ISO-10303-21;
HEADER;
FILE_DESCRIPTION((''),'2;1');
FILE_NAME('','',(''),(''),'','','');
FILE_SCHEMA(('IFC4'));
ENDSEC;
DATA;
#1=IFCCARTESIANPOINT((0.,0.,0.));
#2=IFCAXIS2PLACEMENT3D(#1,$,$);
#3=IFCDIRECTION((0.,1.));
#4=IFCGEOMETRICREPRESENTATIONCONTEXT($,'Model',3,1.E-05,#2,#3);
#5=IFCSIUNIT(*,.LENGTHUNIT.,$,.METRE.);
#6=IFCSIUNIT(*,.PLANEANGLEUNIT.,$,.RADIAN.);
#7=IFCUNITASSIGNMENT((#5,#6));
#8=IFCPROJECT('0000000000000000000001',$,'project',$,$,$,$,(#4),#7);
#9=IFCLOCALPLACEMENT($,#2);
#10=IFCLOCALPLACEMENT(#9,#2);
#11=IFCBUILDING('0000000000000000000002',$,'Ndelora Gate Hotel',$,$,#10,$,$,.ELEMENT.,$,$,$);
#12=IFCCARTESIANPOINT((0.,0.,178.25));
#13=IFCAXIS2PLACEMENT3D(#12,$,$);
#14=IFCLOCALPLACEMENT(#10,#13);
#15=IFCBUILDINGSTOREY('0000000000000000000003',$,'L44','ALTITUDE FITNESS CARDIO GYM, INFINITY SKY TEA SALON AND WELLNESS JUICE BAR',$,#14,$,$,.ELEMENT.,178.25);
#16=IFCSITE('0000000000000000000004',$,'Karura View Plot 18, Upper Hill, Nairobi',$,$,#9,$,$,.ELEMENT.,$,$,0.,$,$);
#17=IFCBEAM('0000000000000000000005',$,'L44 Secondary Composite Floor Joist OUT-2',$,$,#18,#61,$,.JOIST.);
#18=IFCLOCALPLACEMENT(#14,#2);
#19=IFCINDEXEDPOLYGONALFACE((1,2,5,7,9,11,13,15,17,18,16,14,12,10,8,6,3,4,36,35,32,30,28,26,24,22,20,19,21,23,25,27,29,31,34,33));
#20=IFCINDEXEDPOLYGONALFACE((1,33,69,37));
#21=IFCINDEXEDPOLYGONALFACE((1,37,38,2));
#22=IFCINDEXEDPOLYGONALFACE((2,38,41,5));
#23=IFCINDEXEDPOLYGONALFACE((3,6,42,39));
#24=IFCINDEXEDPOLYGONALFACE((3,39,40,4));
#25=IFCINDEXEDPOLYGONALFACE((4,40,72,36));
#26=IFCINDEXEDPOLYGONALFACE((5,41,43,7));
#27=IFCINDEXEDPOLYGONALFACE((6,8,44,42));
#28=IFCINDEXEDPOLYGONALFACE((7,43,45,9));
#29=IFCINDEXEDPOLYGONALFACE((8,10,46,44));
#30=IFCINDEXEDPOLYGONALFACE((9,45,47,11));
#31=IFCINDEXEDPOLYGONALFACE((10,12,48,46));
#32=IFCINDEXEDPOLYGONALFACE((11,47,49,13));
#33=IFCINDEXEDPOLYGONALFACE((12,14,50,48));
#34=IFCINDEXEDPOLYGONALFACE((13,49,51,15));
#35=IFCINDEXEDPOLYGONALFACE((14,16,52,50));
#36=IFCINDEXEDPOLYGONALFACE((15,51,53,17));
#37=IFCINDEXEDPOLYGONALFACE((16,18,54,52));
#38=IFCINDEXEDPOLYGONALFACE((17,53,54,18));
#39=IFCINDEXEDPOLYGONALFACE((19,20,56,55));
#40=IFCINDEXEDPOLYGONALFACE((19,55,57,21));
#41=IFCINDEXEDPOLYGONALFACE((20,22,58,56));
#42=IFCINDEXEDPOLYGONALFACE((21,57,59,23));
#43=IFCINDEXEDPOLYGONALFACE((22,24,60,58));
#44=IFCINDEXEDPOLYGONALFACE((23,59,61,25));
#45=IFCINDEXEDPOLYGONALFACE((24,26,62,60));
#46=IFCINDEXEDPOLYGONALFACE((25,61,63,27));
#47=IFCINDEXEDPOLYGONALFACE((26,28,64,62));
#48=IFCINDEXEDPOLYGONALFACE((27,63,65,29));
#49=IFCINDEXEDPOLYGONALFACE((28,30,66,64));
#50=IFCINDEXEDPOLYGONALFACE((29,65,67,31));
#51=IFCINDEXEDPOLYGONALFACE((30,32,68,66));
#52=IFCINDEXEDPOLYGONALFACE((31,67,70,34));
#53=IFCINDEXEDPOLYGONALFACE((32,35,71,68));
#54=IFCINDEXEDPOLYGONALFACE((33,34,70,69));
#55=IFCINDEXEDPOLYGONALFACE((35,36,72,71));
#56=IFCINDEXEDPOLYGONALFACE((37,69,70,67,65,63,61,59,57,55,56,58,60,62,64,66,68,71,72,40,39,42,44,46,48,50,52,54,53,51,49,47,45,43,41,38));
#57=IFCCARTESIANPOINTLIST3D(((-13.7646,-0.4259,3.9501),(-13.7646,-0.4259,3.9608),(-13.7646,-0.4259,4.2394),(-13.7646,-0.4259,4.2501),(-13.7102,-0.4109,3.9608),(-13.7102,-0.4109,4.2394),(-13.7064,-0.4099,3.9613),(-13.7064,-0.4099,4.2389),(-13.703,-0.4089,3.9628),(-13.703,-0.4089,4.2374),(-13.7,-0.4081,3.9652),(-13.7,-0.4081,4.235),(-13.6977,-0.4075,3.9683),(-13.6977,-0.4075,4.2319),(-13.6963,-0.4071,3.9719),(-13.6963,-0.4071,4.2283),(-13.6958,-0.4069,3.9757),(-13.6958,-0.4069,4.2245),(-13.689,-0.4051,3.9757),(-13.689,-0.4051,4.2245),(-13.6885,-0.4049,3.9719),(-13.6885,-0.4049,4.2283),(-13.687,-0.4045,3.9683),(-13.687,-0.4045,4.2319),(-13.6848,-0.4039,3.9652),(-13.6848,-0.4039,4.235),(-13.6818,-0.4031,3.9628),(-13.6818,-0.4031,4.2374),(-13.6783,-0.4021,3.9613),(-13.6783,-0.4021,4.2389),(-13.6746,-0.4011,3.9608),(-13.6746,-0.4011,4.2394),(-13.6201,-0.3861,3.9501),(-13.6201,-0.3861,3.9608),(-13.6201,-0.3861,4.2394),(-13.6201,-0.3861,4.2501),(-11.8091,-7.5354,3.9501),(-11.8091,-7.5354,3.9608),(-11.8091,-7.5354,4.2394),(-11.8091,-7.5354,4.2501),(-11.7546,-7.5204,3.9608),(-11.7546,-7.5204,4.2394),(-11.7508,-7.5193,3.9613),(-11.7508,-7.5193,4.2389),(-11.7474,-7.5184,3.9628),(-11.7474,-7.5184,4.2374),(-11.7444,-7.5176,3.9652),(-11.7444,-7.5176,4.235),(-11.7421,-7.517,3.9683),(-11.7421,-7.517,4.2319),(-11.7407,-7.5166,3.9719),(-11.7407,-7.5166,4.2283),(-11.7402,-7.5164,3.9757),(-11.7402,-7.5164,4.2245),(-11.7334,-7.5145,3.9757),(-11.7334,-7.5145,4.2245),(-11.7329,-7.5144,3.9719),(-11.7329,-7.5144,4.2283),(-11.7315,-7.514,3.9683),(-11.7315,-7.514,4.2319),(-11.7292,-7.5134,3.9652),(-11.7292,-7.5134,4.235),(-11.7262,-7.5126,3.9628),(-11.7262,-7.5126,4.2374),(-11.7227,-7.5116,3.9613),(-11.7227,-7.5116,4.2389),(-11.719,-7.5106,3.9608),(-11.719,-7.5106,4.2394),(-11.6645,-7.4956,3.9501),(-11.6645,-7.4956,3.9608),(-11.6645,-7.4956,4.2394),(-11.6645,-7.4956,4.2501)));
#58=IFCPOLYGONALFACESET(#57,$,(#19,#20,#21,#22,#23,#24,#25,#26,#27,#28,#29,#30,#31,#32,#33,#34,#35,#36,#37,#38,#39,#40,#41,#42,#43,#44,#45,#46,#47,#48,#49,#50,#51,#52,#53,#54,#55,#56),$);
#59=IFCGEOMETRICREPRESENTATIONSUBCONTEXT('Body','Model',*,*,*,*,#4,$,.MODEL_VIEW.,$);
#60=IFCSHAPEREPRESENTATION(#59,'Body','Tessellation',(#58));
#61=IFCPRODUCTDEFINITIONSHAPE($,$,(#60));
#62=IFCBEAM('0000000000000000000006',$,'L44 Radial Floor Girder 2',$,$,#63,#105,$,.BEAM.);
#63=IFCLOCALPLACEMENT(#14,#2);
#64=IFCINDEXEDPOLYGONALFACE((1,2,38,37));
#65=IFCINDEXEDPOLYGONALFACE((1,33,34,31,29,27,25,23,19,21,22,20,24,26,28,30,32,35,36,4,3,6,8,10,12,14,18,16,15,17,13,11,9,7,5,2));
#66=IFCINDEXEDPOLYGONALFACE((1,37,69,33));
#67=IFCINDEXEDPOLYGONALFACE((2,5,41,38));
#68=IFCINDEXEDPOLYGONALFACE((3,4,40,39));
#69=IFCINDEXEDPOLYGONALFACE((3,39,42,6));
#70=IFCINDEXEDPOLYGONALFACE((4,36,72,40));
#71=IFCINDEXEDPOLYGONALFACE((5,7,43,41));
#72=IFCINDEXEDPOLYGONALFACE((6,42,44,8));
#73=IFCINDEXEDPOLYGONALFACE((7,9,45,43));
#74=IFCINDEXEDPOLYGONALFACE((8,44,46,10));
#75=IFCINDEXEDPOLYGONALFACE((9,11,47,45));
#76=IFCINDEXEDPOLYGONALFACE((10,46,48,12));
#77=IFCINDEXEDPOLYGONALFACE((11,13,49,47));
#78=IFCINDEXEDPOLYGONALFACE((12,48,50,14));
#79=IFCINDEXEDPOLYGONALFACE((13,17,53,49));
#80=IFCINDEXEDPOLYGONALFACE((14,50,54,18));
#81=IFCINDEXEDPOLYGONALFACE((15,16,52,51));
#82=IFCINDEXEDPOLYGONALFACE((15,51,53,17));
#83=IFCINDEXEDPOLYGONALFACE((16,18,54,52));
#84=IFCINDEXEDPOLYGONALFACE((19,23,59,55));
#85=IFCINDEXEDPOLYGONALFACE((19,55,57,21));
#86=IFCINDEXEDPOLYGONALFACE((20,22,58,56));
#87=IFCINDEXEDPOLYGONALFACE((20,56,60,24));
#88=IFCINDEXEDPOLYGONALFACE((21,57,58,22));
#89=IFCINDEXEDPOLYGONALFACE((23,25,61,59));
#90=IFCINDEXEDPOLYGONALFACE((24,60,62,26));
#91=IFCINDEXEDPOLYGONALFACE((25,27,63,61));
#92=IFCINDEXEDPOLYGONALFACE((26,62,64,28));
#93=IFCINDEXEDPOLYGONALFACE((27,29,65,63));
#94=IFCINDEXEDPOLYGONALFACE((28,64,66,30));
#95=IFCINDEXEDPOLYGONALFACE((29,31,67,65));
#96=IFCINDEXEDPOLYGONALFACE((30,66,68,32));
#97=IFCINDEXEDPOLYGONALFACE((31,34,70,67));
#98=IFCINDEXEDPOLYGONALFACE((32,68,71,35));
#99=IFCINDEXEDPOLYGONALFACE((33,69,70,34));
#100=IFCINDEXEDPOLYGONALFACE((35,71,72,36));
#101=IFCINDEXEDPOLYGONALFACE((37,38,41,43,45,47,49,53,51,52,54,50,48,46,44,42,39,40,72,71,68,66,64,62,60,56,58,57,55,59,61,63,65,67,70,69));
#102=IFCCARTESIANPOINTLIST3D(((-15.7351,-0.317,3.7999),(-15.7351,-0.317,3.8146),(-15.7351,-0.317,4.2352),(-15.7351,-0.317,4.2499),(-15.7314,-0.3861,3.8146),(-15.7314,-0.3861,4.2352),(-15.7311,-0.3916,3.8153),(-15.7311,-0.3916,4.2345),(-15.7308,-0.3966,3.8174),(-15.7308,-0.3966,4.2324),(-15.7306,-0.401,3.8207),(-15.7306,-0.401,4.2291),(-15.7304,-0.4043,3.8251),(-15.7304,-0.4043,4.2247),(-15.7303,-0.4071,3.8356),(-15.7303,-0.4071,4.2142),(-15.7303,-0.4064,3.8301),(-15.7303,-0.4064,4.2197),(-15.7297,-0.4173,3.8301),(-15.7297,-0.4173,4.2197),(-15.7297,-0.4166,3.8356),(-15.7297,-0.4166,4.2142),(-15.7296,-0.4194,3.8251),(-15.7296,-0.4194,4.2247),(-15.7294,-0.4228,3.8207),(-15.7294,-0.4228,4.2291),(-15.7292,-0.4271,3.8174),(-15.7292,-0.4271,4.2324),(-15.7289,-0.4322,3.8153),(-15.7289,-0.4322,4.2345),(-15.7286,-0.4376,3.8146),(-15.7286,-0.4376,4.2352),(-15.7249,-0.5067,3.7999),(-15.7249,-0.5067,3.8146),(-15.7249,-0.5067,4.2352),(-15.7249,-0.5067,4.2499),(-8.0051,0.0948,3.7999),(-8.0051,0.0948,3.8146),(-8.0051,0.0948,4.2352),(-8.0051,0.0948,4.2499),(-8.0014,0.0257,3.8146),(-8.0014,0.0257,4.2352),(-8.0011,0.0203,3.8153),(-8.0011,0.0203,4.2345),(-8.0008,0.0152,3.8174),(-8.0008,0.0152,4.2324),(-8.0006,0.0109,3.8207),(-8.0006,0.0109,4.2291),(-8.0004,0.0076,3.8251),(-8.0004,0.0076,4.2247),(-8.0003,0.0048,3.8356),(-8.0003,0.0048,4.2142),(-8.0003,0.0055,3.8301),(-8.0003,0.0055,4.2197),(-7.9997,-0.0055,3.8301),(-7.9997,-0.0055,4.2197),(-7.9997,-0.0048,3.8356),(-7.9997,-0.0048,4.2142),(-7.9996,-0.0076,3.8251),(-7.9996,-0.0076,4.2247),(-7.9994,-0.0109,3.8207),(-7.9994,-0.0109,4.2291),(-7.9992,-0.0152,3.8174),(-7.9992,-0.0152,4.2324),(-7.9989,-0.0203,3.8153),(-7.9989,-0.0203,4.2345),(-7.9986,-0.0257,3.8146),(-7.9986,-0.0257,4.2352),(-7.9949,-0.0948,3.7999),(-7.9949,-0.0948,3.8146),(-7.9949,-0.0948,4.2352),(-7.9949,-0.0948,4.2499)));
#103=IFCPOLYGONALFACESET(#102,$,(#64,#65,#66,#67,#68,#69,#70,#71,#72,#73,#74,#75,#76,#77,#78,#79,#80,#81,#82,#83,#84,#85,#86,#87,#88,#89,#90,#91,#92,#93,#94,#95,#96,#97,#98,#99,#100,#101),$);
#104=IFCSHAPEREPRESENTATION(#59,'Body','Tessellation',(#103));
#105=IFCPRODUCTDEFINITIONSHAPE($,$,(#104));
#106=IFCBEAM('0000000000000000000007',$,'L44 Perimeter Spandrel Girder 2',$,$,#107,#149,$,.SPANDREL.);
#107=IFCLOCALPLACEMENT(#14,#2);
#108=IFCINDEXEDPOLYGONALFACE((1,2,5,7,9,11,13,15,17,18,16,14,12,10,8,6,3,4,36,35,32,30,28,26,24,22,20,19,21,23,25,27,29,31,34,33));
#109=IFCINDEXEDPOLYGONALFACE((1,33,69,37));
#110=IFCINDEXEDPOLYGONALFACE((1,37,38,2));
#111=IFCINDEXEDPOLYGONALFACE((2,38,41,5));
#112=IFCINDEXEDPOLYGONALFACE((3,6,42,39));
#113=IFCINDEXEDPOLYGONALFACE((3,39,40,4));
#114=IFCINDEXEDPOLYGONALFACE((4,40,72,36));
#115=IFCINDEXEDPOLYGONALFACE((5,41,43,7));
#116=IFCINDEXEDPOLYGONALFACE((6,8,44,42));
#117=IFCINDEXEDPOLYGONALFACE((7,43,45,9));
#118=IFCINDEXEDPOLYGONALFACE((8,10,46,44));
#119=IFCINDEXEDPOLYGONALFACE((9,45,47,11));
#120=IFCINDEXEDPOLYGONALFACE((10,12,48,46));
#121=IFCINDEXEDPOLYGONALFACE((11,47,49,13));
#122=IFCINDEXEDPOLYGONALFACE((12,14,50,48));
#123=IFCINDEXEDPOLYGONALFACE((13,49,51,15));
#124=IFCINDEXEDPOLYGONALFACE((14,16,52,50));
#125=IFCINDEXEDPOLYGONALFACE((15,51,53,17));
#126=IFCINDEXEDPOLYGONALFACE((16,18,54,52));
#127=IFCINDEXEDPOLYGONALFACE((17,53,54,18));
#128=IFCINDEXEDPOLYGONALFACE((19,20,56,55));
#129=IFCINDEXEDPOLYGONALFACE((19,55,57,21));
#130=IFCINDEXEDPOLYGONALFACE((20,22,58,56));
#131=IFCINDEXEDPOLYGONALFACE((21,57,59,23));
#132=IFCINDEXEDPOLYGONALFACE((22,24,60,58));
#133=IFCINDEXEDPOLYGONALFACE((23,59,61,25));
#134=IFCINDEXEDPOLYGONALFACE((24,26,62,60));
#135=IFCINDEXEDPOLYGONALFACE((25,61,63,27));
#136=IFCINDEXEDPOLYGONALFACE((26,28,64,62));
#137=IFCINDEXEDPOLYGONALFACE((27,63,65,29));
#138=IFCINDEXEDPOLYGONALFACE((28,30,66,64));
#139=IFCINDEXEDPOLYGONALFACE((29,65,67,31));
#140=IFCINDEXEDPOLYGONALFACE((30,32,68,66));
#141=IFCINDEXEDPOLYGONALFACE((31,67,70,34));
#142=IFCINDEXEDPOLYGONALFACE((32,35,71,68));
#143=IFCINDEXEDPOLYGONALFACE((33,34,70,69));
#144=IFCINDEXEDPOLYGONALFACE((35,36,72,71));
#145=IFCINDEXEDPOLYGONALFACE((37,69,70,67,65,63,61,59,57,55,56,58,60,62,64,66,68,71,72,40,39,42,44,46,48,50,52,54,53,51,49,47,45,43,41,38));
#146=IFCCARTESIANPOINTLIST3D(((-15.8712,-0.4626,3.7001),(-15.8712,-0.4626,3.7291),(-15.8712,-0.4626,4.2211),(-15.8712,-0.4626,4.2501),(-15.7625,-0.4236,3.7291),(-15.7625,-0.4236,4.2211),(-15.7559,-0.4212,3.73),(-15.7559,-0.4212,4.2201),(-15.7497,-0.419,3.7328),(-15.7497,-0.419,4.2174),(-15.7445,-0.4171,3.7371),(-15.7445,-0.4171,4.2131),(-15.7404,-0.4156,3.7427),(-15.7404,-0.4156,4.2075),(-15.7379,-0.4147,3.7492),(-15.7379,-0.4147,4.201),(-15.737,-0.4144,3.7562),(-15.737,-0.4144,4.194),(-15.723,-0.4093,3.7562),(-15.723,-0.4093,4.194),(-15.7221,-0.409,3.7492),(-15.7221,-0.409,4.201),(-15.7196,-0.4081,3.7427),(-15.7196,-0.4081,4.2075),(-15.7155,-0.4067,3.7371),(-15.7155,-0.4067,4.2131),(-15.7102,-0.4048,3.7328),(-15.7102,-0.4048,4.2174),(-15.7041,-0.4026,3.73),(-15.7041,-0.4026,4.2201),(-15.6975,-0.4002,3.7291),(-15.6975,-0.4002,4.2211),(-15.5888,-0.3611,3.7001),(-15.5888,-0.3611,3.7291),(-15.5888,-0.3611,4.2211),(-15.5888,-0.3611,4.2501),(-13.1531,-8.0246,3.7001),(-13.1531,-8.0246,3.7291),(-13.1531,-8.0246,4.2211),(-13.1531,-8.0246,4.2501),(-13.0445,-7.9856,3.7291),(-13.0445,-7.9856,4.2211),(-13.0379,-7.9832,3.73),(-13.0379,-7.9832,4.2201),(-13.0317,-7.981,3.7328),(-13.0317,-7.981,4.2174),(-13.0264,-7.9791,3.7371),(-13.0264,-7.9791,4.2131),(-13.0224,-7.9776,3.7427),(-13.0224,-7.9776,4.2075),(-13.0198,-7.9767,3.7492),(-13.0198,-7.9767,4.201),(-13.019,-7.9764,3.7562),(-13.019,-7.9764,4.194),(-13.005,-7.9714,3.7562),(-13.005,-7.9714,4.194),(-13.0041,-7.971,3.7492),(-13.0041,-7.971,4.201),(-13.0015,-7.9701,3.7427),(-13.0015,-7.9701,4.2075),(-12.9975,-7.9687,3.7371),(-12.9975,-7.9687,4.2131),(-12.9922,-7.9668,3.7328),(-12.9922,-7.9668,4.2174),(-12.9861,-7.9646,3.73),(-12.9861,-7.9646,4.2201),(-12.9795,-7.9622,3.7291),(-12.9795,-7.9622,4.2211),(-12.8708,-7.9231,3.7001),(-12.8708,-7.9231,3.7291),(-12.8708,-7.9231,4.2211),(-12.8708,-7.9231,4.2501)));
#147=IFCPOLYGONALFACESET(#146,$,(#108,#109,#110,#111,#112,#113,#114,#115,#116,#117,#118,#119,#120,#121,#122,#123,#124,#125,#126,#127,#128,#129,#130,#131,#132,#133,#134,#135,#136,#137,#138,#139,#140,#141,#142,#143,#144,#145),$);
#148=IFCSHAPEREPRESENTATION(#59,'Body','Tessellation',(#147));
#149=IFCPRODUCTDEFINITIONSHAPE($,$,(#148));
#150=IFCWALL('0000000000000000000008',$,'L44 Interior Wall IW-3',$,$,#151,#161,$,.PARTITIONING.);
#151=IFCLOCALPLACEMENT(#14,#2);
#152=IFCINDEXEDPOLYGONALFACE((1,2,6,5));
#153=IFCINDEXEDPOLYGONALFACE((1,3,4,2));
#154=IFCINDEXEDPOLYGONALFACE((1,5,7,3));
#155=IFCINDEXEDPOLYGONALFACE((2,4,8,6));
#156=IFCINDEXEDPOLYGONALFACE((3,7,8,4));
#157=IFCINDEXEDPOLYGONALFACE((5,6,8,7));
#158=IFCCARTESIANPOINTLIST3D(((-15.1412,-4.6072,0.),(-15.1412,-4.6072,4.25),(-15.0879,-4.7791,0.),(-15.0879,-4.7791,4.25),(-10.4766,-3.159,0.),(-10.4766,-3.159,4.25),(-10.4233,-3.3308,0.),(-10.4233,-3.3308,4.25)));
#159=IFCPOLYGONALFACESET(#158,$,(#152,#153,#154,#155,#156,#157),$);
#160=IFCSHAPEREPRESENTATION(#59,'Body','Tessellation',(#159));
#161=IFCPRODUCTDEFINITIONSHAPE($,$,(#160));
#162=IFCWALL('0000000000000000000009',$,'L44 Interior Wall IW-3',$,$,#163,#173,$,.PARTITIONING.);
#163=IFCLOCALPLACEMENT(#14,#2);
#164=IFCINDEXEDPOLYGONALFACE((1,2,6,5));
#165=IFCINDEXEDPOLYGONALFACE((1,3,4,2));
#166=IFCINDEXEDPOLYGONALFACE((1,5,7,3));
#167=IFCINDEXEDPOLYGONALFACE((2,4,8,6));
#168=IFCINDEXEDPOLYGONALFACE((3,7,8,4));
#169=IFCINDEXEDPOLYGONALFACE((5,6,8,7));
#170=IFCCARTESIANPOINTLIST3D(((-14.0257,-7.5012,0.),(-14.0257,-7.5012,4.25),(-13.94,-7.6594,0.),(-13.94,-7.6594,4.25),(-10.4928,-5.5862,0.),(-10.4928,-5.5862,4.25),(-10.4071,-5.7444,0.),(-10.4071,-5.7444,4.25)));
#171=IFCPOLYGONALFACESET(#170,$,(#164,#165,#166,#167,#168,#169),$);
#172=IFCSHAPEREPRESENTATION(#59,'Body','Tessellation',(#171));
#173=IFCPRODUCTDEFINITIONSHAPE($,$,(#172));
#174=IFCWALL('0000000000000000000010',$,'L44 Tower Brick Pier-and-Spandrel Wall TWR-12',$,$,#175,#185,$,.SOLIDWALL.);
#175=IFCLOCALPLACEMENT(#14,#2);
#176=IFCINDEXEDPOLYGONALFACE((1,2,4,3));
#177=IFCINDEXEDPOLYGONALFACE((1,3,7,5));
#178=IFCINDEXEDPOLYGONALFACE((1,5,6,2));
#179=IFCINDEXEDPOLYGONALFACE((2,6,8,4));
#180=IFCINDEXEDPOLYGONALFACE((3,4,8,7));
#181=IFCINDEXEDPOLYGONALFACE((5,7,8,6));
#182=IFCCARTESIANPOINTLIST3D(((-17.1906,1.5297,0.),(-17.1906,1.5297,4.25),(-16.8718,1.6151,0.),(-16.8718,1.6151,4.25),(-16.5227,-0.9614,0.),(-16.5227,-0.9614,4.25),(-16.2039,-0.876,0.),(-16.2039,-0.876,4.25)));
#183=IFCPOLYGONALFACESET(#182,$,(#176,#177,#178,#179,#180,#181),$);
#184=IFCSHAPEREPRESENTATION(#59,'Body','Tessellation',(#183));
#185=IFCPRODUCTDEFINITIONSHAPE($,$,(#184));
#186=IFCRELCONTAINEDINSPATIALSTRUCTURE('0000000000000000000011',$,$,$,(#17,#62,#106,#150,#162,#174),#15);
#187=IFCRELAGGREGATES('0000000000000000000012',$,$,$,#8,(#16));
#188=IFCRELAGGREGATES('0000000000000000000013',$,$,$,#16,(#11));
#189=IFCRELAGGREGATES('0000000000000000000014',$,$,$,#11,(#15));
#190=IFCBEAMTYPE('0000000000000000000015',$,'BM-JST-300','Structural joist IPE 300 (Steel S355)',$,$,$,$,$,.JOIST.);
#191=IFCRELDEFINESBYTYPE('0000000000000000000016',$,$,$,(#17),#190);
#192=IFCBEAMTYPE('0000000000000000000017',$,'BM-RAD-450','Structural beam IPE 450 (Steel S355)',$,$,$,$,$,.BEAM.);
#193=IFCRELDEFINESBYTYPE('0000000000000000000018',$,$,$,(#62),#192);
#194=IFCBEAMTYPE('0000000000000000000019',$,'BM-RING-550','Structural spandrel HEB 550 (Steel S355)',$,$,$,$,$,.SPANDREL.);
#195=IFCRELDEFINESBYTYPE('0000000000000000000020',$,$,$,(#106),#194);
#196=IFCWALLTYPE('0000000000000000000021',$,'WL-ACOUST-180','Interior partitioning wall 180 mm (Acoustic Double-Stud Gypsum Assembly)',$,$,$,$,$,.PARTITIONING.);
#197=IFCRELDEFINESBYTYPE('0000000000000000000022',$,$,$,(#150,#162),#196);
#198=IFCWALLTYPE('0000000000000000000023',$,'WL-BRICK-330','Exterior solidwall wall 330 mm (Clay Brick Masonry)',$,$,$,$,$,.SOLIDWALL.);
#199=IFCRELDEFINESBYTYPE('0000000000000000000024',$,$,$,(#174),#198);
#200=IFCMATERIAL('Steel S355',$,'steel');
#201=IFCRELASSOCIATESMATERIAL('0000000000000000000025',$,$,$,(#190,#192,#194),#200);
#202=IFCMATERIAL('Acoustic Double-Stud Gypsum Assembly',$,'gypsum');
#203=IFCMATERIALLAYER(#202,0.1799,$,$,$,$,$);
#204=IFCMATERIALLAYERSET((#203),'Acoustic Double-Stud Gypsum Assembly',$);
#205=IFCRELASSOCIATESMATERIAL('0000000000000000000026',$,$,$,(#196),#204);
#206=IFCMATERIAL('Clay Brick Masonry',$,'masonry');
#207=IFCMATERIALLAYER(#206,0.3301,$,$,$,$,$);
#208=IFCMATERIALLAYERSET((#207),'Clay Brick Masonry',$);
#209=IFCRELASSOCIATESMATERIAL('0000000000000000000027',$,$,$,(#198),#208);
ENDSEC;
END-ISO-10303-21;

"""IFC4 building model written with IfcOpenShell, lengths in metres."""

from ifc_helpers import new_model, si_unit, direction, frame, frame_2d, origin, origin_2d, place, context, subcontext, project, spatial, rectangle, i_section, extrude, material, layer, layer_set, material_profile, profile_set, type_object, element, save


model = new_model("IFC4")

# Units and contexts
model_context = context("Model", 3, precision=1e-05, world=origin(), true_north=direction((0.0, 1.0)))
body_context = subcontext(model_context, "Body", "Model", "MODEL_VIEW")
ifc_project = project(units=[si_unit("LENGTHUNIT", "METRE"), si_unit("PLANEANGLEUNIT", "RADIAN")], contexts=[model_context])

# Site, building, storey
site_placement = place(None, origin())
site = spatial("IfcSite", under=ifc_project, at=site_placement, Name="Karura View Plot 18, Upper Hill, Nairobi", CompositionType="ELEMENT", RefElevation=0.0)
building_placement = place(site_placement, origin())
building = spatial("IfcBuilding", under=site, at=building_placement, Name="Ndelora Gate Hotel", CompositionType="ELEMENT")
storey_placement = place(building_placement, frame((0.0, 0.0, 178.25)))
storey = spatial("IfcBuildingStorey", under=building, at=storey_placement, Name="L44", Description="ALTITUDE FITNESS CARDIO GYM, INFINITY SKY TEA SALON AND WELLNESS JUICE BAR", CompositionType="ELEMENT", Elevation=178.25)

# Beams
ifc_material_1 = material(Name="Steel S355", Category="steel")
ifc_material_profile_1 = material_profile(ifc_material_1, i_section(OverallWidth=0.1499, OverallDepth=0.3, WebThickness=0.0071, FlangeThickness=0.0107, FilletRadius=0.0149, at=origin_2d()), Name="IPE 300")
ifc_profile_set_1 = profile_set([ifc_material_profile_1], Name="Steel S355")
beam_type_1 = type_object("IfcBeamType", Name="BM-JST-300", Description="Structural joist IPE 300 (Steel S355)", PredefinedType="JOIST", material=ifc_profile_set_1)
beam_1_placement = place(storey_placement, frame((-13.6924, -0.406, 4.1001), z_axis=(0.265218, -0.964188, 0.0), x_axis=(0.964188, 0.265218, 0.0)))
element("IfcBeam", 1, at=beam_1_placement, inside=storey, type_object=beam_type_1, Name="L44 Secondary Composite Floor Joist OUT-2", PredefinedType="JOIST", context=body_context, shape_type="SweptSolid", body=[
    extrude(i_section(OverallWidth=0.1499, OverallDepth=0.3, WebThickness=0.0071, FlangeThickness=0.0107, FilletRadius=0.0149, at=origin_2d()), origin(), (0.0, 0.0, 1.0), 7.3735),
])
ifc_material_profile_2 = material_profile(ifc_material_1, i_section(OverallWidth=0.1899, OverallDepth=0.45, WebThickness=0.0095, FlangeThickness=0.0146, FilletRadius=0.021, at=origin_2d()), Name="IPE 450")
ifc_profile_set_2 = profile_set([ifc_material_profile_2], Name="Steel S355")
beam_type_2 = type_object("IfcBeamType", Name="BM-RAD-450", Description="Structural beam IPE 450 (Steel S355)", PredefinedType="BEAM", material=ifc_profile_set_2)
beam_2_placement = place(storey_placement, frame((-8.0, 0.0, 4.0249), z_axis=(-0.998584, -0.053206, 0.0), x_axis=(0.053206, -0.998584, 0.0)))
element("IfcBeam", 2, at=beam_2_placement, inside=storey, type_object=beam_type_2, Name="L44 Radial Floor Girder 2", PredefinedType="BEAM", context=body_context, shape_type="SweptSolid", body=[
    extrude(i_section(OverallWidth=0.1899, OverallDepth=0.45, WebThickness=0.0095, FlangeThickness=0.0146, FilletRadius=0.021, at=origin_2d()), origin(), (0.0, 0.0, 1.0), 7.741),
])
ifc_material_profile_3 = material_profile(ifc_material_1, i_section(OverallWidth=0.3, OverallDepth=0.55, WebThickness=0.0149, FlangeThickness=0.0291, FilletRadius=0.0271, at=origin_2d()), Name="HEB 550")
ifc_profile_set_3 = profile_set([ifc_material_profile_3], Name="Steel S355")
beam_type_3 = type_object("IfcBeamType", Name="BM-RING-550", Description="Structural spandrel HEB 550 (Steel S355)", PredefinedType="SPANDREL", material=ifc_profile_set_3)
beam_3_placement = place(storey_placement, frame((-15.73, -0.4119, 3.9751), z_axis=(0.338245, -0.941058, 0.0), x_axis=(0.941058, 0.338245, 0.0)))
element("IfcBeam", 3, at=beam_3_placement, inside=storey, type_object=beam_type_3, Name="L44 Perimeter Spandrel Girder 2", PredefinedType="SPANDREL", context=body_context, shape_type="SweptSolid", body=[
    extrude(i_section(OverallWidth=0.3, OverallDepth=0.55, WebThickness=0.0149, FlangeThickness=0.0291, FilletRadius=0.0271, at=origin_2d()), origin(), (0.0, 0.0, 1.0), 8.0356),
])

# Walls
ifc_material_2 = material(Name="Acoustic Double-Stud Gypsum Assembly", Category="gypsum")
ifc_layer_1 = layer(ifc_material_2, 0.1799)
ifc_layer_set_1 = layer_set([ifc_layer_1], Name="Acoustic Double-Stud Gypsum Assembly")
wall_type_1 = type_object("IfcWallType", Name="WL-ACOUST-180", Description="Interior partitioning wall 180 mm (Acoustic Double-Stud Gypsum Assembly)", PredefinedType="PARTITIONING", material=ifc_layer_set_1)
wall_1_placement = place(storey_placement, frame((-10.45, -3.2449, 0.0), z_axis=(0.0, 0.0, 1.0), x_axis=(-0.955028, -0.296516, 0.0)))
element("IfcWall", 4, at=wall_1_placement, inside=storey, type_object=wall_type_1, Name="L44 Interior Wall IW-3", PredefinedType="PARTITIONING", context=body_context, shape_type="SweptSolid", body=[
    extrude(rectangle(XDim=4.8843, YDim=0.1799, at=frame_2d((2.4421, 0.0))), origin(), (0.0, 0.0, 1.0), 4.25),
])
wall_2_placement = place(storey_placement, frame((-10.45, -5.6653, 0.0), z_axis=(0.0, 0.0, 1.0), x_axis=(-0.879151, -0.476543, 0.0)))
element("IfcWall", 5, at=wall_2_placement, inside=storey, type_object=wall_type_1, Name="L44 Interior Wall IW-3", PredefinedType="PARTITIONING", context=body_context, shape_type="SweptSolid", body=[
    extrude(rectangle(XDim=4.0186, YDim=0.1799, at=frame_2d((2.0093, 0.0))), origin(), (0.0, 0.0, 1.0), 4.25),
])
ifc_material_3 = material(Name="Clay Brick Masonry", Category="masonry")
ifc_layer_2 = layer(ifc_material_3, 0.3301)
ifc_layer_set_2 = layer_set([ifc_layer_2], Name="Clay Brick Masonry")
wall_type_2 = type_object("IfcWallType", Name="WL-BRICK-330", Description="Exterior solidwall wall 330 mm (Clay Brick Masonry)", PredefinedType="SOLIDWALL", material=ifc_layer_set_2)
wall_3_placement = place(storey_placement, frame((-16.3633, -0.9187, 0.0), z_axis=(0.0, 0.0, 1.0), x_axis=(-0.258982, 0.965882, 0.0)))
element("IfcWall", 6, at=wall_3_placement, inside=storey, type_object=wall_type_2, Name="L44 Tower Brick Pier-and-Spandrel Wall TWR-12", PredefinedType="SOLIDWALL", context=body_context, shape_type="SweptSolid", body=[
    extrude(rectangle(XDim=2.5791, YDim=0.3301, at=frame_2d((1.2896, 0.0))), origin(), (0.0, 0.0, 1.0), 4.25),
])

save(model, "model.ifc")
